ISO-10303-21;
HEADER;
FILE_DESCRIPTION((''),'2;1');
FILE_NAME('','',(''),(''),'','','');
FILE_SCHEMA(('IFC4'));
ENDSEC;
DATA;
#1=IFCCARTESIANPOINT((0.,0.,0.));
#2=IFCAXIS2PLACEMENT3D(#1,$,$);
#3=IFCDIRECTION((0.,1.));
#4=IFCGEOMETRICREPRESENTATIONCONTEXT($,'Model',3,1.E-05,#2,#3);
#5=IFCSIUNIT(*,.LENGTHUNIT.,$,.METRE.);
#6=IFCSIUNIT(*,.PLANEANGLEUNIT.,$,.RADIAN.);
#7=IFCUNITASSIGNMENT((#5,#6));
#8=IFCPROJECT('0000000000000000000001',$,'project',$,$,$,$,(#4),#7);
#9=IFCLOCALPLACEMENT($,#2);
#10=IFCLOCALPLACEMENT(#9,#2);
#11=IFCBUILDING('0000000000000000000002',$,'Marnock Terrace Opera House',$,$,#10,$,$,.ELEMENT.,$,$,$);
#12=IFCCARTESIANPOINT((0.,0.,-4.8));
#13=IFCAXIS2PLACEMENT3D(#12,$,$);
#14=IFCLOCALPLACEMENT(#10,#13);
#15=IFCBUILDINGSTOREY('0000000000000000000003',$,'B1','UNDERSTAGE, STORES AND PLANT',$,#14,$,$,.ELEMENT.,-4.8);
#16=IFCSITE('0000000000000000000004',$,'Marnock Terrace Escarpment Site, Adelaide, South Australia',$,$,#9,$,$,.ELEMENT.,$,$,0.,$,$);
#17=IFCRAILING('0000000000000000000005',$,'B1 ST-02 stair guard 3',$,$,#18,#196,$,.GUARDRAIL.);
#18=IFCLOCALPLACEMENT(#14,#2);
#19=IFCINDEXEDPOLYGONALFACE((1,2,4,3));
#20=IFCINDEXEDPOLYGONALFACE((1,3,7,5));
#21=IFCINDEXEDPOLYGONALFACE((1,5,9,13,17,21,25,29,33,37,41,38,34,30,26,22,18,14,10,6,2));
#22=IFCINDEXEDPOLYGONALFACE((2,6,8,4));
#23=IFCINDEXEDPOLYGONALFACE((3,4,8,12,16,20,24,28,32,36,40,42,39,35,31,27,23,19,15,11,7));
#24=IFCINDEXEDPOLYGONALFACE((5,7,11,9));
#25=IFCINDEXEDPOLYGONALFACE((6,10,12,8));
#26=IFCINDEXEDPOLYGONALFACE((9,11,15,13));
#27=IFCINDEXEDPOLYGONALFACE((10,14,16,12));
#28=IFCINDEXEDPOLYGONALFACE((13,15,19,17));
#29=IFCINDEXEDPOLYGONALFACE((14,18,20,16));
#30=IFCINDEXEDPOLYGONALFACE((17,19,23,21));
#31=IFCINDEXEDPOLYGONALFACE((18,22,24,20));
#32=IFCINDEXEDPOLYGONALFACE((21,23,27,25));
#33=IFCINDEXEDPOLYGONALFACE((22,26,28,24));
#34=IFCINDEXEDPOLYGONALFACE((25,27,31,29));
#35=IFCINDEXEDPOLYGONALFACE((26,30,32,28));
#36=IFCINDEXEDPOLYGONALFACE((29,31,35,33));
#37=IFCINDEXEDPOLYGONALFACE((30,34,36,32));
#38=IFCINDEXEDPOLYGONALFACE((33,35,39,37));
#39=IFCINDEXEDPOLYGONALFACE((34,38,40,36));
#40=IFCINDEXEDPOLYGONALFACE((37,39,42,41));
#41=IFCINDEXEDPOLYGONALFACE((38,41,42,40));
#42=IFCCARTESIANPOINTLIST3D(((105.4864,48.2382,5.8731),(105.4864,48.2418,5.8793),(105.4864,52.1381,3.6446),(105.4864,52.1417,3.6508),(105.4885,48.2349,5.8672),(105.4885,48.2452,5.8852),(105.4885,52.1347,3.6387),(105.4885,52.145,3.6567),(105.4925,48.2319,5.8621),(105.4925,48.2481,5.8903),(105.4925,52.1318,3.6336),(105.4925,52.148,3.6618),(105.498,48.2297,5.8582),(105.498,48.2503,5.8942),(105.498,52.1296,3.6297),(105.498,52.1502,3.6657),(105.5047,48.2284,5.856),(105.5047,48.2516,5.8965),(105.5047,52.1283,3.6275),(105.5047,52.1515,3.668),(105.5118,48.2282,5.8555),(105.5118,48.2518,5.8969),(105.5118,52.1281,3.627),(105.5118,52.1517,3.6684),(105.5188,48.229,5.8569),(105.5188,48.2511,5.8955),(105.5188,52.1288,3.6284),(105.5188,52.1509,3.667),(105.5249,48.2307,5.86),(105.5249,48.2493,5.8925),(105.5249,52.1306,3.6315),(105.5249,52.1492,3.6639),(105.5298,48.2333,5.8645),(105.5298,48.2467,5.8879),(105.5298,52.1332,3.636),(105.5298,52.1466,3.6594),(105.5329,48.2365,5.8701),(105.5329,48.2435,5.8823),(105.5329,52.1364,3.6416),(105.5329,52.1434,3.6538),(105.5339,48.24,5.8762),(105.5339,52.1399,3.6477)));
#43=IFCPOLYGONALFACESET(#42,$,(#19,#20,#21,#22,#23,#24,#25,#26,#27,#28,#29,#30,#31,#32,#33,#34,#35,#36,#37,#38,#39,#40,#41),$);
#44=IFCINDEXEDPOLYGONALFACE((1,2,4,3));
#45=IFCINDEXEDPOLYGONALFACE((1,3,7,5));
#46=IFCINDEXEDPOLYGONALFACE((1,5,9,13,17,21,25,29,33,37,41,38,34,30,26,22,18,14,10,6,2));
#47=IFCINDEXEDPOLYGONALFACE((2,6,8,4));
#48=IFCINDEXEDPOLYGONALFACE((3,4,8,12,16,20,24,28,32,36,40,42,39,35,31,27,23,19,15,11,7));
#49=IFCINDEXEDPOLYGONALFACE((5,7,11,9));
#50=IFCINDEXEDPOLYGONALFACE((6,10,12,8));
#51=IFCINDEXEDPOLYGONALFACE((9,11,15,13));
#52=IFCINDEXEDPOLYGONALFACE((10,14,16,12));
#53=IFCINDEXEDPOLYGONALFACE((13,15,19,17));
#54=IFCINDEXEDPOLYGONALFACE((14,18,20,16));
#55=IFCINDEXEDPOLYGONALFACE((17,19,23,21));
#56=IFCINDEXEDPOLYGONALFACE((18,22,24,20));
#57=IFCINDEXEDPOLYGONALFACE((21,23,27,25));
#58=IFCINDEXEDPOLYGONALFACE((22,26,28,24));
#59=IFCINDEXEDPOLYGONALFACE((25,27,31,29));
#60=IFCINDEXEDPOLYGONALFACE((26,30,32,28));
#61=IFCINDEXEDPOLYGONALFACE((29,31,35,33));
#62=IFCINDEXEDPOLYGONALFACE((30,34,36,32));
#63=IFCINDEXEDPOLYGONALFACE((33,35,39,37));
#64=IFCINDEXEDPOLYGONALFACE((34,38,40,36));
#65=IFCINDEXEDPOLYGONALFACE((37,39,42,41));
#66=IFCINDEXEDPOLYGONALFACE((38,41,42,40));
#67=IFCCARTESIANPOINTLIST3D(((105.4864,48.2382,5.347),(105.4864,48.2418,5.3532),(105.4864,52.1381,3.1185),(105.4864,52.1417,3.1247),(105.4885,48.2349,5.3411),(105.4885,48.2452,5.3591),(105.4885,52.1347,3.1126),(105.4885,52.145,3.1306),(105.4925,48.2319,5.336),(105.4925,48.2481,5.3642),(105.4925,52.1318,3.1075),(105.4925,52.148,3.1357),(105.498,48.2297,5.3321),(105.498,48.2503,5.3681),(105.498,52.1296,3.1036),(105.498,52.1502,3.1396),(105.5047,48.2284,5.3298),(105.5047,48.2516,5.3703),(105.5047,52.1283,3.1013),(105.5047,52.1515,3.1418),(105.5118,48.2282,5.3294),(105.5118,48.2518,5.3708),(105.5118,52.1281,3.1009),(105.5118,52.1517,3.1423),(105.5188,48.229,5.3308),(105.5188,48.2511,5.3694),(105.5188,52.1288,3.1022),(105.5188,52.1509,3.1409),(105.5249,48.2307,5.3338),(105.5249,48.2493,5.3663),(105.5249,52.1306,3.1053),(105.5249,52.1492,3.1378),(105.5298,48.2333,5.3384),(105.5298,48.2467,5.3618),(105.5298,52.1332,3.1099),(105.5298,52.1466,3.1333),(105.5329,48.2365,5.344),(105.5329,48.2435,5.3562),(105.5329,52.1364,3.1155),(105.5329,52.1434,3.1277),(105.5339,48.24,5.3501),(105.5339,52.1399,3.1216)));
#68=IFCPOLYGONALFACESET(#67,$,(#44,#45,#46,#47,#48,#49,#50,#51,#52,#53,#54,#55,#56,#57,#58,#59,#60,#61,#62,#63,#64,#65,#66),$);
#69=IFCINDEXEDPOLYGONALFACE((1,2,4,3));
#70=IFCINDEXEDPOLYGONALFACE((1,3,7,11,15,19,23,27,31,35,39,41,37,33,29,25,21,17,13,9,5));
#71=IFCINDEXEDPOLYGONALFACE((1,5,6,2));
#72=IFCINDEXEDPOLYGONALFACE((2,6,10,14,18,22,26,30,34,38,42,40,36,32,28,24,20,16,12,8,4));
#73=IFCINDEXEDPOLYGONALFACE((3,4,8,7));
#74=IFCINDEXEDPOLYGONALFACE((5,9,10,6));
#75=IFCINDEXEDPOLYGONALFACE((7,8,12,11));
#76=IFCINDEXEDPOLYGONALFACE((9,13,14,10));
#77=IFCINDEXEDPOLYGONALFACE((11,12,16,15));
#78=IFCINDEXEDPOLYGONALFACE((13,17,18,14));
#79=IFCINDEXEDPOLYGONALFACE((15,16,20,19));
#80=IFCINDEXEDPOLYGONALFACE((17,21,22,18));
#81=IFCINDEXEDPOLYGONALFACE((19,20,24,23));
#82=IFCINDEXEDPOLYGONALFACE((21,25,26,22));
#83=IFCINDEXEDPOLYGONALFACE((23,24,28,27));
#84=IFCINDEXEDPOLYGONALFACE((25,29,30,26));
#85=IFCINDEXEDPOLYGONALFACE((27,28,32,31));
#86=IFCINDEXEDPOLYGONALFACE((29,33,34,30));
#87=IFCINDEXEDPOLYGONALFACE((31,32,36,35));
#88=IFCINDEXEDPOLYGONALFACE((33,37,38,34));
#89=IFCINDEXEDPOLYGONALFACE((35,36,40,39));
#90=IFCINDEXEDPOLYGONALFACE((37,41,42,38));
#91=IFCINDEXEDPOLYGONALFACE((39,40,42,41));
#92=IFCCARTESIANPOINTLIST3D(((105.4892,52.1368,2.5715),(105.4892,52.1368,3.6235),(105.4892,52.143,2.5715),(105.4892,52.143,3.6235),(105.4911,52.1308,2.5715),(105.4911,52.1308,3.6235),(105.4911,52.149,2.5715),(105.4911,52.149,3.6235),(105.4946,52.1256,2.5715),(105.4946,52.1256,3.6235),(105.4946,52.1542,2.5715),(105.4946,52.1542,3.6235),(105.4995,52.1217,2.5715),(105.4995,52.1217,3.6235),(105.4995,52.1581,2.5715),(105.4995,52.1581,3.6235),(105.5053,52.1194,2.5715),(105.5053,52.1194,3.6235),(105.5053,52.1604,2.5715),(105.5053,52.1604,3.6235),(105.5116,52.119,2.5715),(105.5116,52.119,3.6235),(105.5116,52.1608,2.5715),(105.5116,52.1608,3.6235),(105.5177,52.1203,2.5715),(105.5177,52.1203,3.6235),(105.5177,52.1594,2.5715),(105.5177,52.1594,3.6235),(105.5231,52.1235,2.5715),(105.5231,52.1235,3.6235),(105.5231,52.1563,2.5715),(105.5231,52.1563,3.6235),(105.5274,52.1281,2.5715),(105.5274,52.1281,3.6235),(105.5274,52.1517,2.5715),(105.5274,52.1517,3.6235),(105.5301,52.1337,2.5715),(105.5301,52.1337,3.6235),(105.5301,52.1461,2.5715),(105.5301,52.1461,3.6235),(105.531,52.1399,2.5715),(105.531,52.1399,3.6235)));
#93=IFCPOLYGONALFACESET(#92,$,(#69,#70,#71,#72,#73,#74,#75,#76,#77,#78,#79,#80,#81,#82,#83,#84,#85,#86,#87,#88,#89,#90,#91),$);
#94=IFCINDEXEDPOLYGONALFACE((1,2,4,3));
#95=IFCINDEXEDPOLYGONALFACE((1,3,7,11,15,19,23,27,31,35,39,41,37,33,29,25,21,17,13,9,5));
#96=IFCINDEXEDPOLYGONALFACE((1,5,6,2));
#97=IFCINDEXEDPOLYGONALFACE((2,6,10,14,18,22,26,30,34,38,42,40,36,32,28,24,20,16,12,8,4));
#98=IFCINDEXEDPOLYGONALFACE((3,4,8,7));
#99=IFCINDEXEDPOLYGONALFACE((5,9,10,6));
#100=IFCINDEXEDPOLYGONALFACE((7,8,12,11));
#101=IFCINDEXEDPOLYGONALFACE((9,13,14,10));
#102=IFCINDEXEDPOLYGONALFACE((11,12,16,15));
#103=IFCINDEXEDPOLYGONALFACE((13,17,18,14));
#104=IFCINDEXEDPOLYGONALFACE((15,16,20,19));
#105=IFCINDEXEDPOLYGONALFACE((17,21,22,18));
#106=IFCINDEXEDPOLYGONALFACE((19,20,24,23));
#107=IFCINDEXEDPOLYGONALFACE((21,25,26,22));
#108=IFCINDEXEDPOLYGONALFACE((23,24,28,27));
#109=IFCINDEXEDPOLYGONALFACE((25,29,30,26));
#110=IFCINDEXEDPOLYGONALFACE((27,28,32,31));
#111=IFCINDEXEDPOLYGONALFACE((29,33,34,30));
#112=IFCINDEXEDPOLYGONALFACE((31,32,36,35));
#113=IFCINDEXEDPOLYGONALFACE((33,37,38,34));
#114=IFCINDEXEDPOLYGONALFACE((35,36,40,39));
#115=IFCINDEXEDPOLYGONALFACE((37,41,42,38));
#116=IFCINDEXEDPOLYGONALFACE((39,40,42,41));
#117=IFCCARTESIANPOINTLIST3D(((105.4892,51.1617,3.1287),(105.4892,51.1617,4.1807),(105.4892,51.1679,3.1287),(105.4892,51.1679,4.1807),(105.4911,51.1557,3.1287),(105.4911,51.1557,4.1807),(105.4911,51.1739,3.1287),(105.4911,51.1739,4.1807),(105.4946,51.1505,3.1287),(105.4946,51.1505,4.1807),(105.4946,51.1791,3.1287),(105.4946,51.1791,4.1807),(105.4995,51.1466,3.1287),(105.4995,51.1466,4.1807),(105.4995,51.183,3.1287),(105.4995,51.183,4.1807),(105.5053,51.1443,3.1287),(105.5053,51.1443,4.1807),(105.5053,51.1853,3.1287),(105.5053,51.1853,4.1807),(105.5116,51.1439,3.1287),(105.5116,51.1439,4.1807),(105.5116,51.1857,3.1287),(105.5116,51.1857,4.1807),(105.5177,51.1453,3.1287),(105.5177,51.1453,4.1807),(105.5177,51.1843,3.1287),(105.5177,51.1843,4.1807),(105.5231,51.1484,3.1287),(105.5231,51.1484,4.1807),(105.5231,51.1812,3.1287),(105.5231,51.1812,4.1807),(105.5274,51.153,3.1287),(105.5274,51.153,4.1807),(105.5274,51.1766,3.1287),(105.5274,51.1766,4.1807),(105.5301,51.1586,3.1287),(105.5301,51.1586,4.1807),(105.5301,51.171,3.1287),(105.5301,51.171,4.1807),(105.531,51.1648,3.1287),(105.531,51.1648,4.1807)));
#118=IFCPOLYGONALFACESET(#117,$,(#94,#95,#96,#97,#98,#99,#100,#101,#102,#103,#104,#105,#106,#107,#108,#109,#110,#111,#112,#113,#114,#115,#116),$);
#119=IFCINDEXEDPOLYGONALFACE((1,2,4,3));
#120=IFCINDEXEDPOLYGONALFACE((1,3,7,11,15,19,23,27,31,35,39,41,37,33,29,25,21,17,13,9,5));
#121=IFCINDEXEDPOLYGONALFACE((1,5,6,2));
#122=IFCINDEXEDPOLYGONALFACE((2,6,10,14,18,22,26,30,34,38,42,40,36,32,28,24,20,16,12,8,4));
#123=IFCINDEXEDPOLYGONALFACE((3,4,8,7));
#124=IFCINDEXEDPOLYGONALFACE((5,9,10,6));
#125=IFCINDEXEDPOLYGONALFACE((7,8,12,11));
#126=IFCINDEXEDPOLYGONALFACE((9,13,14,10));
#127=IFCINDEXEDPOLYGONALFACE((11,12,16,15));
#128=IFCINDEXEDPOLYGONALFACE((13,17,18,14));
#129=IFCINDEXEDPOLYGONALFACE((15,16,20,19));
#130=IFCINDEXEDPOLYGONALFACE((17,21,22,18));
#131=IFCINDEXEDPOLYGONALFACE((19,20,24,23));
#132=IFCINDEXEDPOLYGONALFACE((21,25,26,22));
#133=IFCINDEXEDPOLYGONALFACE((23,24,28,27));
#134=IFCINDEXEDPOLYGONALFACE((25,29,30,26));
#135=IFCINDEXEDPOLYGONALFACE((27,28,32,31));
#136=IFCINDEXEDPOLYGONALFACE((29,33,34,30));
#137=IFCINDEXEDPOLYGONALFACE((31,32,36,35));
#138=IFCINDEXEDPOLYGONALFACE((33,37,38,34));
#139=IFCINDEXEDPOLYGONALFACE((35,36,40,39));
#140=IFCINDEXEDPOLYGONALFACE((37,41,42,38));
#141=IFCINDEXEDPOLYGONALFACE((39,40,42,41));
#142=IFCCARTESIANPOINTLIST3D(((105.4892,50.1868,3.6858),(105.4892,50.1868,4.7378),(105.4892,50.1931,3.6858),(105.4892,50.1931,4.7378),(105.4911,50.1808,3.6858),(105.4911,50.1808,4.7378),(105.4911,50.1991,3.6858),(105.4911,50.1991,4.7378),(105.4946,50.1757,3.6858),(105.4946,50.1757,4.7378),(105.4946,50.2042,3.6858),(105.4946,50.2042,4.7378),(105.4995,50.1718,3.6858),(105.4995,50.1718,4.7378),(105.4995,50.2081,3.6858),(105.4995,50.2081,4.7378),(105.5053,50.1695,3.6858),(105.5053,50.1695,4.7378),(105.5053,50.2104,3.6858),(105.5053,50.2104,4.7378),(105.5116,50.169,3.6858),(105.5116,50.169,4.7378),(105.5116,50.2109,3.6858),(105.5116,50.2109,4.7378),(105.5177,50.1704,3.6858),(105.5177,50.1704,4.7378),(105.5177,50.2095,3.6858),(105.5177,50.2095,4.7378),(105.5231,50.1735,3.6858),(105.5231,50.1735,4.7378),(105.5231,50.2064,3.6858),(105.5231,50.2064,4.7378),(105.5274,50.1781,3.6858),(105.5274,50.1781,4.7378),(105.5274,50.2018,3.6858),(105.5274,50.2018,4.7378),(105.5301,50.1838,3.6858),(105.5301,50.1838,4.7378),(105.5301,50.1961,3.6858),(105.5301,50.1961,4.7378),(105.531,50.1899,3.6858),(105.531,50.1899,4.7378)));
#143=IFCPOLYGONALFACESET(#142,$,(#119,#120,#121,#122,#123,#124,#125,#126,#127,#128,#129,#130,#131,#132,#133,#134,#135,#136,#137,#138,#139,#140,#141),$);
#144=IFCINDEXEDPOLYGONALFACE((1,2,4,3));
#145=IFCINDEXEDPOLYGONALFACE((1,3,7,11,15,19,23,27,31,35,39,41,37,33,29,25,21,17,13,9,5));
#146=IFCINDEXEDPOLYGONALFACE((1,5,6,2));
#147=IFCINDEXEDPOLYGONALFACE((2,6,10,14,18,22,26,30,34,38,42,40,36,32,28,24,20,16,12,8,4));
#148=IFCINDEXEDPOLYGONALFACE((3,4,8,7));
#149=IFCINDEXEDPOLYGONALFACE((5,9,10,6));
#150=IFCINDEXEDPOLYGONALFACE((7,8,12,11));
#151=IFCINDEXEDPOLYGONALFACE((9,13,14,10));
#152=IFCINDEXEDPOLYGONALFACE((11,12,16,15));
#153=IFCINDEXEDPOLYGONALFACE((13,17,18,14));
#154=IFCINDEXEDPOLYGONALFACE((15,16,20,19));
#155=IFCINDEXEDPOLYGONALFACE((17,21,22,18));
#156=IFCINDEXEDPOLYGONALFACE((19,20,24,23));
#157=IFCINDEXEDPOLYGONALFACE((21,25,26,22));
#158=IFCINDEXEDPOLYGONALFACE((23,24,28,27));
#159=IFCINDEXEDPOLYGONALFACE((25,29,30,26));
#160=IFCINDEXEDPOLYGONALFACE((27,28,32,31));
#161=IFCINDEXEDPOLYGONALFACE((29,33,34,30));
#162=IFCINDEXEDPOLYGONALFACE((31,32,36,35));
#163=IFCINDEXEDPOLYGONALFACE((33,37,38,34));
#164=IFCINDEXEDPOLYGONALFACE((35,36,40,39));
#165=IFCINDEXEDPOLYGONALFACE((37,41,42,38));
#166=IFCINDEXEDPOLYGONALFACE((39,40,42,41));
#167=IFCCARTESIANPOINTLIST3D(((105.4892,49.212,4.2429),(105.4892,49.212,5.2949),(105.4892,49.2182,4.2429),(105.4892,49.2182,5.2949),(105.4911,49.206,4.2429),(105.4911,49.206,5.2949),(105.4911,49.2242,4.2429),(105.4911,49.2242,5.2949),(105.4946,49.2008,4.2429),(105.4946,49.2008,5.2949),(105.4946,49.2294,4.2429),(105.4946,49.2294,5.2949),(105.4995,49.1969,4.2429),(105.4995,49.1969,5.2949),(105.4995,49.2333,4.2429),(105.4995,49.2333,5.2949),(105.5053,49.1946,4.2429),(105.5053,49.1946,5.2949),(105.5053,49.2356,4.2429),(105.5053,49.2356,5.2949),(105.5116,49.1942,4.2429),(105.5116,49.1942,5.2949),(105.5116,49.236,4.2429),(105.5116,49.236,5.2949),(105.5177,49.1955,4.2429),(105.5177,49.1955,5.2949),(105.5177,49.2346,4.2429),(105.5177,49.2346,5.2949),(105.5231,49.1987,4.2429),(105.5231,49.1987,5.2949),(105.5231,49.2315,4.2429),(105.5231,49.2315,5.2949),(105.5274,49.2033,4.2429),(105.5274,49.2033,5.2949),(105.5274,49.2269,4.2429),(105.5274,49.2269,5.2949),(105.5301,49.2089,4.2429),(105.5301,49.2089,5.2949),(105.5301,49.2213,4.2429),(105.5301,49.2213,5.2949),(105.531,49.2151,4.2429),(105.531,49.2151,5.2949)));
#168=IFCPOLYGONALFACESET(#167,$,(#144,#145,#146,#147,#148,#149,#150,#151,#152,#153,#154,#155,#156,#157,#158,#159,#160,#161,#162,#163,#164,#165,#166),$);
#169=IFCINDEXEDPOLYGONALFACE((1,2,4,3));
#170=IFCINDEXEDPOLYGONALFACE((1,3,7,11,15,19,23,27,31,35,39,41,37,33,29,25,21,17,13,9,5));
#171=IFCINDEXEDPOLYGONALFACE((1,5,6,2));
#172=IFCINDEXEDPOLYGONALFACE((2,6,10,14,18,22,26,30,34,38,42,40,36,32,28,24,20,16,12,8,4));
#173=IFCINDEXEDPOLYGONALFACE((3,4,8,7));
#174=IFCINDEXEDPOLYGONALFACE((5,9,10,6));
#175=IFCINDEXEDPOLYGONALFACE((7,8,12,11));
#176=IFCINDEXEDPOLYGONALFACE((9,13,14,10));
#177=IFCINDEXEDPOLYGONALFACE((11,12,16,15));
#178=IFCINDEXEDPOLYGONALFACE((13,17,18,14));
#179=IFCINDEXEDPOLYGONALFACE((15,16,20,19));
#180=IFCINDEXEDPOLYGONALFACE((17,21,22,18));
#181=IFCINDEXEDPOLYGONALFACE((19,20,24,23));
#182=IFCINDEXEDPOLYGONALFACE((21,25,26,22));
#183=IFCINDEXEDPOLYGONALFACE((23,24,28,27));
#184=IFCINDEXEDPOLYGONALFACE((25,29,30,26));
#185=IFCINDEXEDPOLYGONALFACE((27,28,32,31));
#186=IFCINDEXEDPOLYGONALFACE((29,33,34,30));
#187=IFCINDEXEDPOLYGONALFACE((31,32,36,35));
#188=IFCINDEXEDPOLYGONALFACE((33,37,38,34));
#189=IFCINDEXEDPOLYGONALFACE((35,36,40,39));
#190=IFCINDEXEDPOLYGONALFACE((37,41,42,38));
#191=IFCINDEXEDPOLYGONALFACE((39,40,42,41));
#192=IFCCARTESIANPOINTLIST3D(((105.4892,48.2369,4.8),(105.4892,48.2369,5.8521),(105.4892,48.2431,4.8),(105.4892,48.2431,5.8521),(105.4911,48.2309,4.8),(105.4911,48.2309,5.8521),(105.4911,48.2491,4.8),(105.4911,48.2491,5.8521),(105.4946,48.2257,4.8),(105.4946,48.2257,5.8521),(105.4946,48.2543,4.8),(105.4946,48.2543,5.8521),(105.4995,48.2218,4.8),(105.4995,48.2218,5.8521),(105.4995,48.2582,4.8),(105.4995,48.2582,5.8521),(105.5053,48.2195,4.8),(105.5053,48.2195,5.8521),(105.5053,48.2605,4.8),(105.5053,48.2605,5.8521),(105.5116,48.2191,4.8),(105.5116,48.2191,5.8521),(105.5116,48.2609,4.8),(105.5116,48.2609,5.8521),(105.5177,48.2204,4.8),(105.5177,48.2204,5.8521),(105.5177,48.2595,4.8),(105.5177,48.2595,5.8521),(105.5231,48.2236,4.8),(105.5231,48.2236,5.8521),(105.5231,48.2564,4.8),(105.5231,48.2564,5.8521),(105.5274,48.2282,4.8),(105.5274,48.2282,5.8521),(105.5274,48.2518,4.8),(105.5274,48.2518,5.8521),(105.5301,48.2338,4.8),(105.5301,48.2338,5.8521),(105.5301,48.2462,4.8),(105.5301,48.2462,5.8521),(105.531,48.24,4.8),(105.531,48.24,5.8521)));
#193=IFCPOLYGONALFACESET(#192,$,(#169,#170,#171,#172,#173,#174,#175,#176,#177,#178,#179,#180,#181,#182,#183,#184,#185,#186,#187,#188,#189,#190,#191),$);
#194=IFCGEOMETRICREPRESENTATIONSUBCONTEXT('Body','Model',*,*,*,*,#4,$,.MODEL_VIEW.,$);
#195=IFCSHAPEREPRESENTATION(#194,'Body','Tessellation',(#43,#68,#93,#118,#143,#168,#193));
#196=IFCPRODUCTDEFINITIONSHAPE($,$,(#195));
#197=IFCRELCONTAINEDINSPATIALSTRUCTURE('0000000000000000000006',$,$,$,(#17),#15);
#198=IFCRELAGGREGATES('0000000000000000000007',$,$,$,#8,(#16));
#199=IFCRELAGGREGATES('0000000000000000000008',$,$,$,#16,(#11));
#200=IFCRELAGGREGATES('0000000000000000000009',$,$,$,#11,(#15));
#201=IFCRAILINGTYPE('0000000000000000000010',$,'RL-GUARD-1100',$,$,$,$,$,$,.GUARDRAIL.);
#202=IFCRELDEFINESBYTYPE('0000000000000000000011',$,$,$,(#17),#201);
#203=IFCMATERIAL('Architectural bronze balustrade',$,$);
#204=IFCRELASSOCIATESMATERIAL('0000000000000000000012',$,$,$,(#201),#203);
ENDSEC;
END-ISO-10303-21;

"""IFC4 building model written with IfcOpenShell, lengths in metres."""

from ifc_helpers import new_model, si_unit, direction, frame, origin, origin_2d, place, context, subcontext, project, spatial, circle, extrude, material, type_object, element, save


model = new_model("IFC4")

# Units and contexts
model_context = context("Model", 3, precision=1e-05, world=origin(), true_north=direction((0.0, 1.0)))
body_context = subcontext(model_context, "Body", "Model", "MODEL_VIEW")
ifc_project = project(units=[si_unit("LENGTHUNIT", "METRE"), si_unit("PLANEANGLEUNIT", "RADIAN")], contexts=[model_context])

# Site, building, storey
site_placement = place(None, origin())
site = spatial("IfcSite", under=ifc_project, at=site_placement, Name="Marnock Terrace Escarpment Site, Adelaide, South Australia", CompositionType="ELEMENT", RefElevation=0.0)
building_placement = place(site_placement, origin())
building = spatial("IfcBuilding", under=site, at=building_placement, Name="Marnock Terrace Opera House", CompositionType="ELEMENT")
storey_placement = place(building_placement, frame((0.0, 0.0, -4.8)))
storey = spatial("IfcBuildingStorey", under=building, at=storey_placement, Name="B1", Description="UNDERSTAGE, STORES AND PLANT", CompositionType="ELEMENT", Elevation=-4.8)

# Railing
ifc_material_1 = material(Name="Architectural bronze balustrade")
railing_type_1 = type_object("IfcRailingType", Name="RL-GUARD-1100", PredefinedType="GUARDRAIL", material=ifc_material_1)
railing_1_placement = place(storey_placement, frame((105.51, 52.1399, 2.5715)))
element("IfcRailing", 1, at=railing_1_placement, inside=storey, type_object=railing_type_1, Name="B1 ST-02 stair guard 3", PredefinedType="GUARDRAIL", context=body_context, shape_type="SweptSolid", body=[
    extrude(circle(Radius=0.0239, at=origin_2d()), frame((0.0, 0.0, 1.0762), z_axis=(0.0, -0.868243, 0.496139), x_axis=(1.0, 0.0, 0.0)), (0.0, 0.0, 1.0), 4.4917),
    extrude(circle(Radius=0.0239, at=origin_2d()), frame((0.0, 0.0, 0.55), z_axis=(0.0, -0.868243, 0.496139), x_axis=(1.0, 0.0, 0.0)), (0.0, 0.0, 1.0), 4.4917),
    extrude(circle(Radius=0.021, at=origin_2d()), origin(), (0.0, 0.0, 1.0), 1.052),
    extrude(circle(Radius=0.021, at=origin_2d()), frame((0.0, -0.9751, 0.5571)), (0.0, 0.0, 1.0), 1.052),
    extrude(circle(Radius=0.021, at=origin_2d()), frame((0.0, -1.95, 1.1143)), (0.0, 0.0, 1.0), 1.052),
    extrude(circle(Radius=0.021, at=origin_2d()), frame((0.0, -2.9248, 1.6714)), (0.0, 0.0, 1.0), 1.052),
    extrude(circle(Radius=0.021, at=origin_2d()), frame((0.0, -3.8999, 2.2285)), (0.0, 0.0, 1.0), 1.052),
])

save(model, "model.ifc")
